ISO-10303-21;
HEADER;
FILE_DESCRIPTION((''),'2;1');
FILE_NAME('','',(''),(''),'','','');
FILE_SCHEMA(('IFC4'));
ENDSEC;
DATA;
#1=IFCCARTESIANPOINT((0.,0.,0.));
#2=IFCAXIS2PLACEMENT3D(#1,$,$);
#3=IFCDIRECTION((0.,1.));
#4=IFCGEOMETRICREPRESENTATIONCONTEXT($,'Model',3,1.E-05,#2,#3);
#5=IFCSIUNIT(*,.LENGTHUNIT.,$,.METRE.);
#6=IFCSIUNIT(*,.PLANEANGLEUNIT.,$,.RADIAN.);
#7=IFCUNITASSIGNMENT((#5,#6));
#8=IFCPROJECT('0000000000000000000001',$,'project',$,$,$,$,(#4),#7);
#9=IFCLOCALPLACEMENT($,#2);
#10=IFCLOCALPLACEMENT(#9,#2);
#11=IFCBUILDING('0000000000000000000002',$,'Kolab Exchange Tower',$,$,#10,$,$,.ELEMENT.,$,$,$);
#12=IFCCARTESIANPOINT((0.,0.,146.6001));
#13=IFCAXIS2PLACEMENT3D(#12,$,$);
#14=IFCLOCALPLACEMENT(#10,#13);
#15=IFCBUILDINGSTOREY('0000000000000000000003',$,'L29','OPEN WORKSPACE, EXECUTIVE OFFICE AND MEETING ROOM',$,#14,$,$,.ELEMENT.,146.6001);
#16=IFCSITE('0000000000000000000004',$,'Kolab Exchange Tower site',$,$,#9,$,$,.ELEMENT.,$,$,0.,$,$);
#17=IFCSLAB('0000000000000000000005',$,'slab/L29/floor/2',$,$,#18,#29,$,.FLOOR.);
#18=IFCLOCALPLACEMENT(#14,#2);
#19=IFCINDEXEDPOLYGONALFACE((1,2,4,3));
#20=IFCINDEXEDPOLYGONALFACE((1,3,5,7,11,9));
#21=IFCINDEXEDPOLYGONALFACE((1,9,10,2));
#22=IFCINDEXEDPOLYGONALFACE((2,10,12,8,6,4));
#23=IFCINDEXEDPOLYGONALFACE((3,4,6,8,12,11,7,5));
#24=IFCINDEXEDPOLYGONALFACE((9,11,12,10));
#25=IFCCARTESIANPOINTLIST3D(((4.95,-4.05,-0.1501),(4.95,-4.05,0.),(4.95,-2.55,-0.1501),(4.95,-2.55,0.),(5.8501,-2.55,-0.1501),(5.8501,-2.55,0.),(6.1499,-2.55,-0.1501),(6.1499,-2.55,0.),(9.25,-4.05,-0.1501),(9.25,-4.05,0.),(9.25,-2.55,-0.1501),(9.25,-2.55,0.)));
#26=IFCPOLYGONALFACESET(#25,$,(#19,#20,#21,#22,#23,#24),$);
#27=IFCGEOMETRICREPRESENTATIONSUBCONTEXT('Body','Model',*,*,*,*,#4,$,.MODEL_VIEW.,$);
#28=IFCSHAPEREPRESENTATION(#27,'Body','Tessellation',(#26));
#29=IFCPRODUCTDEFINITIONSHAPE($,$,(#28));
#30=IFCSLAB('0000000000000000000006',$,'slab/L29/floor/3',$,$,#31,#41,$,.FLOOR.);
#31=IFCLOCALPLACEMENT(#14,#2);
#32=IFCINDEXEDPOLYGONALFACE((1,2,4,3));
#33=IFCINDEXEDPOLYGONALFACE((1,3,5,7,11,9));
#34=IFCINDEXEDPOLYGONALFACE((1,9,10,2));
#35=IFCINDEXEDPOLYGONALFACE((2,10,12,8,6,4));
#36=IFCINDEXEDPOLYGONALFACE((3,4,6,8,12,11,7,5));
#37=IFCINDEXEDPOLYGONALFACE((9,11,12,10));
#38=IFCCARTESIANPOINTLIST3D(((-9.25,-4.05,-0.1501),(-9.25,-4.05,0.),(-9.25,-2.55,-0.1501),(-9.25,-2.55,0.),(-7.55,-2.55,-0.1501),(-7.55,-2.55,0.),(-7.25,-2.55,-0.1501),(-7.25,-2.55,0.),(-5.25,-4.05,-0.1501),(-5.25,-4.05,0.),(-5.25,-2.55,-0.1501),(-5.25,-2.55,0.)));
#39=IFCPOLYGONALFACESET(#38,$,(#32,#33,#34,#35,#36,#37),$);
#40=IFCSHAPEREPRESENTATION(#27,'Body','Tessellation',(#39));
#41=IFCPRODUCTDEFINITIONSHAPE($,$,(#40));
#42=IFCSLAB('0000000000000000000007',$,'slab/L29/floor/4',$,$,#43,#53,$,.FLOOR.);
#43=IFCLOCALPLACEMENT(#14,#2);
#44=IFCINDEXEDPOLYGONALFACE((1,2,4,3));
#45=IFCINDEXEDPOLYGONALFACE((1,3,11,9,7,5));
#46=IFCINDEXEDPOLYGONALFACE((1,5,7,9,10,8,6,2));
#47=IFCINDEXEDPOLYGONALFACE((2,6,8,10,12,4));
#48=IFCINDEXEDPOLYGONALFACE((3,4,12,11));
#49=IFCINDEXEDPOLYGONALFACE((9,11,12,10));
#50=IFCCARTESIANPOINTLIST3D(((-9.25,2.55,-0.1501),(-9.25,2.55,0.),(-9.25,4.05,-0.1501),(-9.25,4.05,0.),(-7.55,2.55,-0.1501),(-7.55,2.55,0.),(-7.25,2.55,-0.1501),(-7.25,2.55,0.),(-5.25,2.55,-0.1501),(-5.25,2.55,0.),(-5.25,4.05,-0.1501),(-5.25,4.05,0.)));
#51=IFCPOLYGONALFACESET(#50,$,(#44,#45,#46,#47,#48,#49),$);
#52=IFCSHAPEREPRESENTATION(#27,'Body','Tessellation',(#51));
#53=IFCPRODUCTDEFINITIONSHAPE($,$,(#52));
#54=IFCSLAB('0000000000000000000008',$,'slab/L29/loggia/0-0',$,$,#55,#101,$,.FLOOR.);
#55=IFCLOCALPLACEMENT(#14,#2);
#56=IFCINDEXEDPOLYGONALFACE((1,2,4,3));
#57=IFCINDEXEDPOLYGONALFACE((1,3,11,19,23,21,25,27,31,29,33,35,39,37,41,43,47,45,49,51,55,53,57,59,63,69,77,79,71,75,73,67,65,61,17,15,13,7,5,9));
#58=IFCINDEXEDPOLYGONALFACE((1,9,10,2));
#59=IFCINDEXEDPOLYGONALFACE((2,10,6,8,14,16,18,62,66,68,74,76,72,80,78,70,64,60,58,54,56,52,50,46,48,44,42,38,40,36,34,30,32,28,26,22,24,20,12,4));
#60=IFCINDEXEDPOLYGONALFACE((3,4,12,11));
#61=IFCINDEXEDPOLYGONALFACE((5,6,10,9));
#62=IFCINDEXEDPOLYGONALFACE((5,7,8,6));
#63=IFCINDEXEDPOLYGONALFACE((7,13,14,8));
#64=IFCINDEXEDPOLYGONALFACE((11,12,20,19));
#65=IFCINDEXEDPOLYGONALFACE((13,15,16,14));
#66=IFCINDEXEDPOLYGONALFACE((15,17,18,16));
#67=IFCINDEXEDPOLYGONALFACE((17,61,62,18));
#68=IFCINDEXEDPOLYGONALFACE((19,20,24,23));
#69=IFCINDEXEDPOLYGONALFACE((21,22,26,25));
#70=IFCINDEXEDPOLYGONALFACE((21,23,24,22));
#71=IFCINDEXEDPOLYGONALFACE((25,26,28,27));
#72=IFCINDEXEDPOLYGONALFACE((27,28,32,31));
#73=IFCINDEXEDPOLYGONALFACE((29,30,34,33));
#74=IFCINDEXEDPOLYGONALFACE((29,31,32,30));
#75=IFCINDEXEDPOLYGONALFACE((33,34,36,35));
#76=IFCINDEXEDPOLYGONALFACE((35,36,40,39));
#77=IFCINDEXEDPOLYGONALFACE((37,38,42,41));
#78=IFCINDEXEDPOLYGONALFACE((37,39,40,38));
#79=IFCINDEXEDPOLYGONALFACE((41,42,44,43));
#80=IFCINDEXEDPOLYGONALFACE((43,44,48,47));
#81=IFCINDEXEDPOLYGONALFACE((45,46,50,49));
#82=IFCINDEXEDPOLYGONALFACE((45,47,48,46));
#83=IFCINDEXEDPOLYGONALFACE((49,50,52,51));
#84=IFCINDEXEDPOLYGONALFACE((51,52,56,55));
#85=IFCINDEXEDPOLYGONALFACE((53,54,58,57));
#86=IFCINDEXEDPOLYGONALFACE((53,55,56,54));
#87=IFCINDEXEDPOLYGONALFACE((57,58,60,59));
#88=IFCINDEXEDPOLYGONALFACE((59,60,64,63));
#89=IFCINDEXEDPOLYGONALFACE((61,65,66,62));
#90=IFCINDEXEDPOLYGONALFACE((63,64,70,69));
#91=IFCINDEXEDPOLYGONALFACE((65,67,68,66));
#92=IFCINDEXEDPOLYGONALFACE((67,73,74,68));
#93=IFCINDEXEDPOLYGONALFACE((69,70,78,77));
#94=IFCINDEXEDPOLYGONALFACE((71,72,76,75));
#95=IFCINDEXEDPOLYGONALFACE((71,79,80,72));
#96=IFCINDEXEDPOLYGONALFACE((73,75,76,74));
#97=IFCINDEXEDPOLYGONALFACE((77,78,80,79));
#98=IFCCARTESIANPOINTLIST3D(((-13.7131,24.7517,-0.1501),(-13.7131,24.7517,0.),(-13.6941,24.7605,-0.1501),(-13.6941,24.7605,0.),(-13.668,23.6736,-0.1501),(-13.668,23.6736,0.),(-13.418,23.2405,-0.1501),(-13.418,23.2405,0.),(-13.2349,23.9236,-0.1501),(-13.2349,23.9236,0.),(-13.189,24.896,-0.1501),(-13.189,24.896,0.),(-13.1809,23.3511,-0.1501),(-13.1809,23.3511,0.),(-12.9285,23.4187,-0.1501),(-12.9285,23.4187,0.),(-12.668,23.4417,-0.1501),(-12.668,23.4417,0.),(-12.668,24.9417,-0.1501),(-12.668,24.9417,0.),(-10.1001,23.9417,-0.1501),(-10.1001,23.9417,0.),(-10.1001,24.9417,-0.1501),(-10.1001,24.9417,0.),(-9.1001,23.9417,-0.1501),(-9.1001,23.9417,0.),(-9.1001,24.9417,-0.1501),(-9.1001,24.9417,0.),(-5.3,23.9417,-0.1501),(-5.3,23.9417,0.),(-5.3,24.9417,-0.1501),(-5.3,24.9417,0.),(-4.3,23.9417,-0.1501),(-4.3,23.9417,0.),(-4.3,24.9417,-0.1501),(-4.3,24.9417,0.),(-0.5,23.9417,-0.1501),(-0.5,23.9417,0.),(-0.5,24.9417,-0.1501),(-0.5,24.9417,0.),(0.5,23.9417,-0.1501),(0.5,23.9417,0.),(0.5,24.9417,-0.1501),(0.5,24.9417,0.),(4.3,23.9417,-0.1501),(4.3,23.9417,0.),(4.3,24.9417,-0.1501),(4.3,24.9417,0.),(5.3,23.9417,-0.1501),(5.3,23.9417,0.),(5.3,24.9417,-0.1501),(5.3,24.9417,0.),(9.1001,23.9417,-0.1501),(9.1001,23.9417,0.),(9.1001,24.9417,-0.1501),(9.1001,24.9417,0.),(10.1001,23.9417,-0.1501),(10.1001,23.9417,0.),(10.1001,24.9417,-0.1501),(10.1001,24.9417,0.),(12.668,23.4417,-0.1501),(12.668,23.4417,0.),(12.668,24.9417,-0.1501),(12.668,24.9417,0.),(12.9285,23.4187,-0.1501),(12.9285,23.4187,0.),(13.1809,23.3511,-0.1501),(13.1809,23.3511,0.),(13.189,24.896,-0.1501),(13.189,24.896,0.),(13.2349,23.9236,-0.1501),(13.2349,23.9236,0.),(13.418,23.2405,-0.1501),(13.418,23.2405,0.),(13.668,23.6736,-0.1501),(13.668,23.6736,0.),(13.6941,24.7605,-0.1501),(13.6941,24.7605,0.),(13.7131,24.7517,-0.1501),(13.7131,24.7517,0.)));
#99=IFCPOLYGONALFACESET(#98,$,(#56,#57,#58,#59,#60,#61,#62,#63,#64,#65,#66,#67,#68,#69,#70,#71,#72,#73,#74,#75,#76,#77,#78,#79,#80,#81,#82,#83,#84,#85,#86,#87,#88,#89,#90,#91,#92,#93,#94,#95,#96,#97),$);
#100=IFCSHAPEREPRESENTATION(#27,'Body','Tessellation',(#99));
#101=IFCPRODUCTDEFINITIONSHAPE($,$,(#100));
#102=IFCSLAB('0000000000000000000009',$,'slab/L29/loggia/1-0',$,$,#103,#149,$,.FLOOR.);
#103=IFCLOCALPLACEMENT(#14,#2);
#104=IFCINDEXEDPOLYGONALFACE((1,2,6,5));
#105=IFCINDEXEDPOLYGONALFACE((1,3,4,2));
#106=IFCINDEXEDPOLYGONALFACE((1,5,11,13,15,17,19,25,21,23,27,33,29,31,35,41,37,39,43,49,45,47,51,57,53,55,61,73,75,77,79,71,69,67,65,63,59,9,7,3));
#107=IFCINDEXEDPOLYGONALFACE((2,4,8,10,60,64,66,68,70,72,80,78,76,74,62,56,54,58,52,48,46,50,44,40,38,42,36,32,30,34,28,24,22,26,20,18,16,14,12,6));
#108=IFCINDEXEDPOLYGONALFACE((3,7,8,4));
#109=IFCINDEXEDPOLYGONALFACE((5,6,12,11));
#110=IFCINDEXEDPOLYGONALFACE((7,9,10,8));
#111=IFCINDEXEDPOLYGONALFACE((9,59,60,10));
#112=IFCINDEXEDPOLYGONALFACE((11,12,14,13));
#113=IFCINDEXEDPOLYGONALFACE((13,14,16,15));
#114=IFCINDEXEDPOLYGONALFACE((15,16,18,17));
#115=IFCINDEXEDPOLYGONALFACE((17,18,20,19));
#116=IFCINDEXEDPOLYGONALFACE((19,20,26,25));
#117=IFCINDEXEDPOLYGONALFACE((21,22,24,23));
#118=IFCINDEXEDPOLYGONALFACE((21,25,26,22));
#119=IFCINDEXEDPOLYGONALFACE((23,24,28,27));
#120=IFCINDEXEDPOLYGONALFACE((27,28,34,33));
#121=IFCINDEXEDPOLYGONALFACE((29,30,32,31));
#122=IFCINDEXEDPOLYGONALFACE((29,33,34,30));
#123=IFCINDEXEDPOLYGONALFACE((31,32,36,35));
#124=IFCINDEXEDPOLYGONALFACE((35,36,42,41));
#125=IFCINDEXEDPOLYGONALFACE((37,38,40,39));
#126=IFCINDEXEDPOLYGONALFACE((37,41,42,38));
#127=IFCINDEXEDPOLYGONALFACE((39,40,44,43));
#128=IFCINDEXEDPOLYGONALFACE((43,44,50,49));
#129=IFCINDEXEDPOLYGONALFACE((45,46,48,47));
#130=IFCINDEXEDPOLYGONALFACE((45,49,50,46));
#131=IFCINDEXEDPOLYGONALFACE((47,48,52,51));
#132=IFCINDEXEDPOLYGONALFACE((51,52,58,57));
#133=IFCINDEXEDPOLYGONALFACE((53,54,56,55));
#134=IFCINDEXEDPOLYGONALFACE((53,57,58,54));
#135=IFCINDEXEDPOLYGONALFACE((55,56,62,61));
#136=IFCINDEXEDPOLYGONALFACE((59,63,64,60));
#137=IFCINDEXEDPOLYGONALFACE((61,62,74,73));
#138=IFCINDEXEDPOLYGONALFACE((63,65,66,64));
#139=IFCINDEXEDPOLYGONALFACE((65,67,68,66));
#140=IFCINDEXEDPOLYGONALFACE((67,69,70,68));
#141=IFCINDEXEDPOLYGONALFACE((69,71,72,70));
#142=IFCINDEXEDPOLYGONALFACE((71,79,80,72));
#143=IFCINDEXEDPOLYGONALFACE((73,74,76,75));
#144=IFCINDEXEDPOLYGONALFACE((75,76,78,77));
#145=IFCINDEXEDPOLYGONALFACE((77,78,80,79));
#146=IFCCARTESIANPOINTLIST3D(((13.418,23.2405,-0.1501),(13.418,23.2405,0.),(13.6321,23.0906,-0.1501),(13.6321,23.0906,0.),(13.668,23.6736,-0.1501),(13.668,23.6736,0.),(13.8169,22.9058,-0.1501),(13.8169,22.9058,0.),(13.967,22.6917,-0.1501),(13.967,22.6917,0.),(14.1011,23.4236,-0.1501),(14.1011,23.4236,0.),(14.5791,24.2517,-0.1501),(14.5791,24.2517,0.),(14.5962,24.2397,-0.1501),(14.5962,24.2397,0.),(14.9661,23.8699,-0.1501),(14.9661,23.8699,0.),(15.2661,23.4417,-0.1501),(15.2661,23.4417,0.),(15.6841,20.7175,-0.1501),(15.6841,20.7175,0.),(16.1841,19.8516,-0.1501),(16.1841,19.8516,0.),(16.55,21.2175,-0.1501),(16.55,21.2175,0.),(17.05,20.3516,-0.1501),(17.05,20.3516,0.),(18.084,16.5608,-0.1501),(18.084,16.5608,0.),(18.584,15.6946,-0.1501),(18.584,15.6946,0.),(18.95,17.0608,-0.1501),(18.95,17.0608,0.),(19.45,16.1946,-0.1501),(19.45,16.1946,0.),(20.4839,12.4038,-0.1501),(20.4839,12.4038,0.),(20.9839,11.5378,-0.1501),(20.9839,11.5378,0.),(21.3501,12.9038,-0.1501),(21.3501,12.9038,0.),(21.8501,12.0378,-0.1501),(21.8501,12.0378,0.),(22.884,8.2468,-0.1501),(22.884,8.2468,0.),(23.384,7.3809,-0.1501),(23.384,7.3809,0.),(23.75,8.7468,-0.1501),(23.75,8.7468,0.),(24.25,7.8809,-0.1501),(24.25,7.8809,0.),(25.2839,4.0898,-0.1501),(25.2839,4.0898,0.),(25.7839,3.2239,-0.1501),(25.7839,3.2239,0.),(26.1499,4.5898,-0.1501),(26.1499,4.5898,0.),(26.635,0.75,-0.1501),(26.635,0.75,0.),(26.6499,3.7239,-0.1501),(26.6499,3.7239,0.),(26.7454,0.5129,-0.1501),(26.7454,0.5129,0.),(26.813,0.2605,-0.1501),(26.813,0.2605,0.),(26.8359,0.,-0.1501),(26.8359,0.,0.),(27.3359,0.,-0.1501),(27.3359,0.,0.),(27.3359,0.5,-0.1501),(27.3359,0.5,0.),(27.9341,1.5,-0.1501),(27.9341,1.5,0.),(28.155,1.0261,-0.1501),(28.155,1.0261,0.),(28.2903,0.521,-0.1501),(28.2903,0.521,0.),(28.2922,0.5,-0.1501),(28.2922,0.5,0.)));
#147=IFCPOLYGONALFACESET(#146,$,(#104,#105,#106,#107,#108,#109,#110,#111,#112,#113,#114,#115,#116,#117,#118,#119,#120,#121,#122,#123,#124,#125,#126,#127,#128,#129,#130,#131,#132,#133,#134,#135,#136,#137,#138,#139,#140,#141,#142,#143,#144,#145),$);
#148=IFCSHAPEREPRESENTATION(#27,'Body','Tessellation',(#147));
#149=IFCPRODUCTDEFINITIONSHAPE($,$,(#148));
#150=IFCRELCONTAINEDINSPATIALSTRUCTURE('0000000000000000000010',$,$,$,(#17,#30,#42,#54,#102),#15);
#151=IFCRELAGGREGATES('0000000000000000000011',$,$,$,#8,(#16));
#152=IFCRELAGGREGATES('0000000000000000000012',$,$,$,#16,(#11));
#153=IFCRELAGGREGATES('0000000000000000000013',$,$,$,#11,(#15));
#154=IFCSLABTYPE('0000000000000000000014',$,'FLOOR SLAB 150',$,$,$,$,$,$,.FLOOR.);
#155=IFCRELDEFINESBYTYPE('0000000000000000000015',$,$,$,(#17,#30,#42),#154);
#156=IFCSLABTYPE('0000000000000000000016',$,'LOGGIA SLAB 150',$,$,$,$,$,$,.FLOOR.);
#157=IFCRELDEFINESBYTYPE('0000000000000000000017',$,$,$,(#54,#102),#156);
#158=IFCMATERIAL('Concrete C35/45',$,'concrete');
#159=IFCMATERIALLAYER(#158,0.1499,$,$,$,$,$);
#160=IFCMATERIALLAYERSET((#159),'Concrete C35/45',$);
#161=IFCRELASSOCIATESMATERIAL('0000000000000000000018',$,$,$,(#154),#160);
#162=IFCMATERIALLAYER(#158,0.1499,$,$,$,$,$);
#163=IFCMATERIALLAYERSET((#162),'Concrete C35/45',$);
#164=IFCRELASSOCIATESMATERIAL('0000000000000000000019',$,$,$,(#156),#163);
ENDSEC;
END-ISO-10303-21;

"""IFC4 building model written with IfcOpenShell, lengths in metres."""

from ifc_helpers import new_model, si_unit, direction, frame, origin, place, context, subcontext, project, spatial, polyline, outline, extrude, material, layer, layer_set, type_object, element, save


model = new_model("IFC4")

# Units and contexts
model_context = context("Model", 3, precision=1e-05, world=origin(), true_north=direction((0.0, 1.0)))
body_context = subcontext(model_context, "Body", "Model", "MODEL_VIEW")
ifc_project = project(units=[si_unit("LENGTHUNIT", "METRE"), si_unit("PLANEANGLEUNIT", "RADIAN")], contexts=[model_context])

# Site, building, storey
site_placement = place(None, origin())
site = spatial("IfcSite", under=ifc_project, at=site_placement, Name="Kolab Exchange Tower site", CompositionType="ELEMENT", RefElevation=0.0)
building_placement = place(site_placement, origin())
building = spatial("IfcBuilding", under=site, at=building_placement, Name="Kolab Exchange Tower", CompositionType="ELEMENT")
storey_placement = place(building_placement, frame((0.0, 0.0, 146.6001)))
storey = spatial("IfcBuildingStorey", under=building, at=storey_placement, Name="L29", Description="OPEN WORKSPACE, EXECUTIVE OFFICE AND MEETING ROOM", CompositionType="ELEMENT", Elevation=146.6001)

# Slabs
ifc_material_1 = material(Name="Concrete C35/45", Category="concrete")
ifc_layer_1 = layer(ifc_material_1, 0.1499)
ifc_layer_set_1 = layer_set([ifc_layer_1], Name="Concrete C35/45")
slab_type_1 = type_object("IfcSlabType", Name="FLOOR SLAB 150", PredefinedType="FLOOR", material=ifc_layer_set_1)
slab_1_placement = place(storey_placement, frame((0.0, 0.0, -0.1501)))
element("IfcSlab", 1, at=slab_1_placement, inside=storey, type_object=slab_type_1, Name="slab/L29/floor/2", PredefinedType="FLOOR", context=body_context, shape_type="SweptSolid", body=[
    extrude(outline(polyline([(4.95, -4.05), (9.25, -4.05), (9.25, -2.55), (6.1499, -2.55), (5.8501, -2.55), (4.95, -2.55), (4.95, -4.05)])), origin(), (0.0, 0.0, 1.0), 0.1501),
])
slab_2_placement = place(storey_placement, frame((0.0, 0.0, -0.1501)))
element("IfcSlab", 2, at=slab_2_placement, inside=storey, type_object=slab_type_1, Name="slab/L29/floor/3", PredefinedType="FLOOR", context=body_context, shape_type="SweptSolid", body=[
    extrude(outline(polyline([(-7.55, -2.55), (-9.25, -2.55), (-9.25, -4.05), (-5.25, -4.05), (-5.25, -2.55), (-7.25, -2.55), (-7.55, -2.55)])), origin(), (0.0, 0.0, 1.0), 0.1501),
])
slab_3_placement = place(storey_placement, frame((0.0, 0.0, -0.1501)))
element("IfcSlab", 3, at=slab_3_placement, inside=storey, type_object=slab_type_1, Name="slab/L29/floor/4", PredefinedType="FLOOR", context=body_context, shape_type="SweptSolid", body=[
    extrude(outline(polyline([(-9.25, 2.55), (-7.55, 2.55), (-7.25, 2.55), (-5.25, 2.55), (-5.25, 4.05), (-9.25, 4.05), (-9.25, 2.55)])), origin(), (0.0, 0.0, 1.0), 0.1501),
])
ifc_layer_2 = layer(ifc_material_1, 0.1499)
ifc_layer_set_2 = layer_set([ifc_layer_2], Name="Concrete C35/45")
slab_type_2 = type_object("IfcSlabType", Name="LOGGIA SLAB 150", PredefinedType="FLOOR", material=ifc_layer_set_2)
slab_4_placement = place(storey_placement, frame((0.0, 0.0, -0.1501)))
element("IfcSlab", 4, at=slab_4_placement, inside=storey, type_object=slab_type_2, Name="slab/L29/loggia/0-0", PredefinedType="FLOOR", context=body_context, shape_type="SweptSolid", body=[
    extrude(outline(polyline([(13.418, 23.2405), (13.668, 23.6736), (13.2349, 23.9236), (13.7131, 24.7517), (13.6941, 24.7605), (13.189, 24.896), (12.668, 24.9417), (10.1001, 24.9417), (10.1001, 23.9417), (9.1001, 23.9417), (9.1001, 24.9417), (5.3, 24.9417), (5.3, 23.9417), (4.3, 23.9417), (4.3, 24.9417), (0.5, 24.9417), (0.5, 23.9417), (-0.5, 23.9417), (-0.5, 24.9417), (-4.3, 24.9417), (-4.3, 23.9417), (-5.3, 23.9417), (-5.3, 24.9417), (-9.1001, 24.9417), (-9.1001, 23.9417), (-10.1001, 23.9417), (-10.1001, 24.9417), (-12.668, 24.9417), (-13.189, 24.896), (-13.6941, 24.7605), (-13.7131, 24.7517), (-13.2349, 23.9236), (-13.668, 23.6736), (-13.418, 23.2405), (-13.1809, 23.3511), (-12.9285, 23.4187), (-12.668, 23.4417), (12.668, 23.4417), (12.9285, 23.4187), (13.1809, 23.3511), (13.418, 23.2405)])), origin(), (0.0, 0.0, 1.0), 0.1501),
])
slab_5_placement = place(storey_placement, frame((0.0, 0.0, -0.1501)))
element("IfcSlab", 5, at=slab_5_placement, inside=storey, type_object=slab_type_2, Name="slab/L29/loggia/1-0", PredefinedType="FLOOR", context=body_context, shape_type="SweptSolid", body=[
    extrude(outline(polyline([(26.8359, 0.0), (27.3359, 0.0), (27.3359, 0.5), (28.2922, 0.5), (28.2903, 0.521), (28.155, 1.0261), (27.9341, 1.5), (26.6499, 3.7239), (25.7839, 3.2239), (25.2839, 4.0898), (26.1499, 4.5898), (24.25, 7.8809), (23.384, 7.3809), (22.884, 8.2468), (23.75, 8.7468), (21.8501, 12.0378), (20.9839, 11.5378), (20.4839, 12.4038), (21.3501, 12.9038), (19.45, 16.1946), (18.584, 15.6946), (18.084, 16.5608), (18.95, 17.0608), (17.05, 20.3516), (16.1841, 19.8516), (15.6841, 20.7175), (16.55, 21.2175), (15.2661, 23.4417), (14.9661, 23.8699), (14.5962, 24.2397), (14.5791, 24.2517), (14.1011, 23.4236), (13.668, 23.6736), (13.418, 23.2405), (13.6321, 23.0906), (13.8169, 22.9058), (13.967, 22.6917), (26.635, 0.75), (26.7454, 0.5129), (26.813, 0.2605), (26.8359, 0.0)])), origin(), (0.0, 0.0, 1.0), 0.1501),
])

save(model, "model.ifc")
